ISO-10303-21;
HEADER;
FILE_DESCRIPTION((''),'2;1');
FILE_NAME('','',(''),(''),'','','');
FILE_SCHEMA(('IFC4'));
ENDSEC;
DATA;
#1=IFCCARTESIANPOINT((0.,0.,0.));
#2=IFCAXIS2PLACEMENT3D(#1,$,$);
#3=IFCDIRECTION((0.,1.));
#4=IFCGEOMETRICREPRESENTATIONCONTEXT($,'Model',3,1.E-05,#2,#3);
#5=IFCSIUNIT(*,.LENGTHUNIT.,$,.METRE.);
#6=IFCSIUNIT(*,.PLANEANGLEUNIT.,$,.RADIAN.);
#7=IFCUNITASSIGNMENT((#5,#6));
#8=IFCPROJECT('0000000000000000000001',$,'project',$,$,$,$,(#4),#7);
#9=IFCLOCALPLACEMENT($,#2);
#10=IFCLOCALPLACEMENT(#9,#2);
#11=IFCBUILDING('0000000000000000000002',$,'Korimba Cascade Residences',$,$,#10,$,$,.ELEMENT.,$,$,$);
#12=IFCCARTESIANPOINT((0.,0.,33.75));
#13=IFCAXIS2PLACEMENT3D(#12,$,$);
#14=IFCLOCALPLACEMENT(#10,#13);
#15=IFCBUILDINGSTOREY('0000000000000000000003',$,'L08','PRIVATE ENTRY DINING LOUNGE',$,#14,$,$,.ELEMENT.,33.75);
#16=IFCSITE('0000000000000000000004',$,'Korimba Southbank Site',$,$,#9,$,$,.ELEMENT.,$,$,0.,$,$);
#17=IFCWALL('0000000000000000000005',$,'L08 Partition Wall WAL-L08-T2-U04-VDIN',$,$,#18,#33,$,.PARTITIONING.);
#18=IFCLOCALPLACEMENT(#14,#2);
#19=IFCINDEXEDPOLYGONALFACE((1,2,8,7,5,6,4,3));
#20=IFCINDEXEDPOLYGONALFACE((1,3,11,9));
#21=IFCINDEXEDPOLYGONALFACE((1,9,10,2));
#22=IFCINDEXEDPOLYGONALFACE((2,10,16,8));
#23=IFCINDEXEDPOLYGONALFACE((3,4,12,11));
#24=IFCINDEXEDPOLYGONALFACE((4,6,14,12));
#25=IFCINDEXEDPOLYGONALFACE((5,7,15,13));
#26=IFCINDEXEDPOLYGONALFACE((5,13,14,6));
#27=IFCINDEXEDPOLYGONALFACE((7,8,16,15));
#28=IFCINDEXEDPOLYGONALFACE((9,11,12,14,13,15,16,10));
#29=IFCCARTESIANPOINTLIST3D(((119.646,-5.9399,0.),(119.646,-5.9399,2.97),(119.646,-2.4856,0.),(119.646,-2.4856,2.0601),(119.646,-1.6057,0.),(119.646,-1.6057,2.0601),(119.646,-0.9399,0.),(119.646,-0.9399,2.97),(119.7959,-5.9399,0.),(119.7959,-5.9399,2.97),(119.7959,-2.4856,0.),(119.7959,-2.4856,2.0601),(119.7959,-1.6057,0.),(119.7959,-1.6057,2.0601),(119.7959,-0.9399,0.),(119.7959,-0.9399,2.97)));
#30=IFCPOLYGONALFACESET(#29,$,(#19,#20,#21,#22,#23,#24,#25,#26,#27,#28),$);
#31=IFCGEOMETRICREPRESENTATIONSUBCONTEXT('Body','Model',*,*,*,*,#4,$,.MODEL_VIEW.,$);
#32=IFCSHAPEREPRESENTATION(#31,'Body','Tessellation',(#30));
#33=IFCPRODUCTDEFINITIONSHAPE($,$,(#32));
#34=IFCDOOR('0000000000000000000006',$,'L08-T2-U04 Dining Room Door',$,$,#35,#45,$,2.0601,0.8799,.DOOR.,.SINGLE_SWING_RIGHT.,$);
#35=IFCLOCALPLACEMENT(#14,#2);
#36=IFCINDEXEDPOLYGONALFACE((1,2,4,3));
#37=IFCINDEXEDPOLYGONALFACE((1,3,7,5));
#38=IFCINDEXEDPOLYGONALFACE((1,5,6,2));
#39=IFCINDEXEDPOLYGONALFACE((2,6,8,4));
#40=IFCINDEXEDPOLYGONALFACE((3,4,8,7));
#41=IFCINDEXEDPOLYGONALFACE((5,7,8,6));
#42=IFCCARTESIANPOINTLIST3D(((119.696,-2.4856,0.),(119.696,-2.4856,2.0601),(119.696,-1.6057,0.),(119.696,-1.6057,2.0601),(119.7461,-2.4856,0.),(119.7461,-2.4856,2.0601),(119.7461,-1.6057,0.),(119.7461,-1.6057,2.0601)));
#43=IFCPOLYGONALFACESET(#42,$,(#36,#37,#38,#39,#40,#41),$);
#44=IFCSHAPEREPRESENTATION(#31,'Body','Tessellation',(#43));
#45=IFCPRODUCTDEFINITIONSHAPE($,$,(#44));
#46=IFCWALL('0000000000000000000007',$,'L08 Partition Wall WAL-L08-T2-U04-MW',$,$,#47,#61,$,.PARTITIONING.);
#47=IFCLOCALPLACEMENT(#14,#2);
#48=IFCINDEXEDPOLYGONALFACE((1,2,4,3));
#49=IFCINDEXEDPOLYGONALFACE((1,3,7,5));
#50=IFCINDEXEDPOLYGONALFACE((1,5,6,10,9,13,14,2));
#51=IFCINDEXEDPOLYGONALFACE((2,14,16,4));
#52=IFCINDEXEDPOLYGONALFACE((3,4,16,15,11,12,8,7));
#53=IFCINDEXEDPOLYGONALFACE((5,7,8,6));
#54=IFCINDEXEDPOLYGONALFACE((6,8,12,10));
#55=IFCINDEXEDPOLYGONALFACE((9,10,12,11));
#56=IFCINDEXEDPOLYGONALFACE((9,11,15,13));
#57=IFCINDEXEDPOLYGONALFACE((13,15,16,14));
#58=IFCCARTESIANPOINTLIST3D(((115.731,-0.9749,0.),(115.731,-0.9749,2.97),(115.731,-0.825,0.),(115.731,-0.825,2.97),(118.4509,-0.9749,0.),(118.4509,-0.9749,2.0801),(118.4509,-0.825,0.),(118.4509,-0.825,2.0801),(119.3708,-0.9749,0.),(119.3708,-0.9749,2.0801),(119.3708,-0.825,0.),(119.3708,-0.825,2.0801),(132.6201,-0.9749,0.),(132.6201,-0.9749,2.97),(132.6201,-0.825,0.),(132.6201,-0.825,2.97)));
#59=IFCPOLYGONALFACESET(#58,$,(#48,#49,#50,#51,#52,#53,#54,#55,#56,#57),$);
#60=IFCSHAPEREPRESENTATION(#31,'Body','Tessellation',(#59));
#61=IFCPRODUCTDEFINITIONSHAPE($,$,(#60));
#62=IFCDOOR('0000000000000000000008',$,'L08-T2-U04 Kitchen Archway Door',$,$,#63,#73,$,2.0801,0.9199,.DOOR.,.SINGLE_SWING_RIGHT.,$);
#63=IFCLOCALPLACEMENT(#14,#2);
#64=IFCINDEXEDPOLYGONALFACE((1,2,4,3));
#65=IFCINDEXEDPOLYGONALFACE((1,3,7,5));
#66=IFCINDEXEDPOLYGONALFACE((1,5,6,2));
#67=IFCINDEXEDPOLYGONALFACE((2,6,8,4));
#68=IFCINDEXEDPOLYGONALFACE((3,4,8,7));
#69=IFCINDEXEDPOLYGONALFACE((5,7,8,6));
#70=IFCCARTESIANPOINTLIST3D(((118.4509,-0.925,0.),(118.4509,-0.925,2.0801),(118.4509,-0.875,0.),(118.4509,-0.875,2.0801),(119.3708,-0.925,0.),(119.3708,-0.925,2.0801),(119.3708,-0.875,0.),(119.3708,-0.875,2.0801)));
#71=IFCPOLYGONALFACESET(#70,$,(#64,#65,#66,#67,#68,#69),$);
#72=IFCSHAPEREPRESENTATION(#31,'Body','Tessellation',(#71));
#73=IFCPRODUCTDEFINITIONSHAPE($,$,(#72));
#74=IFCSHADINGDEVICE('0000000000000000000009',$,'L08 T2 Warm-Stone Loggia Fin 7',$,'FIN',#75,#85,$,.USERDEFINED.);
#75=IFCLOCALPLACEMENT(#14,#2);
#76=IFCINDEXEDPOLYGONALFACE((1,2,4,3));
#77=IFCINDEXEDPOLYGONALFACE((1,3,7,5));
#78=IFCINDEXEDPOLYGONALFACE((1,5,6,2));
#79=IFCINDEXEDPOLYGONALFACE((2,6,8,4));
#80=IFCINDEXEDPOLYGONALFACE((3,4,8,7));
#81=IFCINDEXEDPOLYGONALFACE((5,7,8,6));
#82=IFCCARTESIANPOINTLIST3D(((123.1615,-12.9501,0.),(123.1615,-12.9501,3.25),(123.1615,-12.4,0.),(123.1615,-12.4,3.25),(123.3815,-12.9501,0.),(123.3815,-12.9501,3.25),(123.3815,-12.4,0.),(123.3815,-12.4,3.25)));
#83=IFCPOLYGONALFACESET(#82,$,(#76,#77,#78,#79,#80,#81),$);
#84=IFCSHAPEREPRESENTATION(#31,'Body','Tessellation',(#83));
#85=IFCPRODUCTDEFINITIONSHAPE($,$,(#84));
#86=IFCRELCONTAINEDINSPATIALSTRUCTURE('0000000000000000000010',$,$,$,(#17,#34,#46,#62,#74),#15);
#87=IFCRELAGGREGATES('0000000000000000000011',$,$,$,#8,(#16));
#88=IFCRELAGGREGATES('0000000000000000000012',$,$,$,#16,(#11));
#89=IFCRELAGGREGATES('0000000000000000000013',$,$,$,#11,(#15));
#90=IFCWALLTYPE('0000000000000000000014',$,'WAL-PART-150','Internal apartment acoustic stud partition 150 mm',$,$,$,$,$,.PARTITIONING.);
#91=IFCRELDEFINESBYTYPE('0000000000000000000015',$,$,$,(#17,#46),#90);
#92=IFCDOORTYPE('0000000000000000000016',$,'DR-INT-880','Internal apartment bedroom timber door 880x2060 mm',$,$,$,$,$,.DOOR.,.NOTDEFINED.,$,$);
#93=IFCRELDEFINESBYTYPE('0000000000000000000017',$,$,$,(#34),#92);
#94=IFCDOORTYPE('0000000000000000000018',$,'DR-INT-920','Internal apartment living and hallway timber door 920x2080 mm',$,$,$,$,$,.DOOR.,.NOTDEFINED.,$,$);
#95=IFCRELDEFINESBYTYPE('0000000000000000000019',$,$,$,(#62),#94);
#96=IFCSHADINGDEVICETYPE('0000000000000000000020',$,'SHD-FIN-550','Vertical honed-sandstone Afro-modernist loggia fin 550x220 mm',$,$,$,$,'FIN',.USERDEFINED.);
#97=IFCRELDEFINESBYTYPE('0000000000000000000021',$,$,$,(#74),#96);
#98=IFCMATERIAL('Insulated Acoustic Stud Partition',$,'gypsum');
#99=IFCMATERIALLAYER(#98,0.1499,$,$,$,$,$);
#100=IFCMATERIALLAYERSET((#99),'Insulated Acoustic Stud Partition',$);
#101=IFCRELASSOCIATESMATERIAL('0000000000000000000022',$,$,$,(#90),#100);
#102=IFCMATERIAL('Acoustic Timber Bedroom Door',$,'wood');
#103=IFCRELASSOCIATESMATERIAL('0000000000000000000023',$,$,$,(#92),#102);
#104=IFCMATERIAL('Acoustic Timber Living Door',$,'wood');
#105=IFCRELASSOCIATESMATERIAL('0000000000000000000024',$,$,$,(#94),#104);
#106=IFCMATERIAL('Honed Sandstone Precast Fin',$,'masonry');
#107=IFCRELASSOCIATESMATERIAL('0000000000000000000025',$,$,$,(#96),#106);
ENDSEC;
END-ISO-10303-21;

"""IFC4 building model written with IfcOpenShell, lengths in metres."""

from ifc_helpers import new_model, si_unit, direction, frame, frame_2d, origin, origin_2d, place, context, subcontext, project, spatial, rectangle, extrude, material, layer, layer_set, type_object, element, fill, save


model = new_model("IFC4")

# Units and contexts
model_context = context("Model", 3, precision=1e-05, world=origin(), true_north=direction((0.0, 1.0)))
body_context = subcontext(model_context, "Body", "Model", "MODEL_VIEW")
ifc_project = project(units=[si_unit("LENGTHUNIT", "METRE"), si_unit("PLANEANGLEUNIT", "RADIAN")], contexts=[model_context])

# Site, building, storey
site_placement = place(None, origin())
site = spatial("IfcSite", under=ifc_project, at=site_placement, Name="Korimba Southbank Site", CompositionType="ELEMENT", RefElevation=0.0)
building_placement = place(site_placement, origin())
building = spatial("IfcBuilding", under=site, at=building_placement, Name="Korimba Cascade Residences", CompositionType="ELEMENT")
storey_placement = place(building_placement, frame((0.0, 0.0, 33.75)))
storey = spatial("IfcBuildingStorey", under=building, at=storey_placement, Name="L08", Description="PRIVATE ENTRY DINING LOUNGE", CompositionType="ELEMENT", Elevation=33.75)

# Walls, openings, doors
ifc_material_1 = material(Name="Insulated Acoustic Stud Partition", Category="gypsum")
ifc_layer = layer(ifc_material_1, 0.1499)
ifc_layer_set = layer_set([ifc_layer], Name="Insulated Acoustic Stud Partition")
wall_type = type_object("IfcWallType", Name="WAL-PART-150", Description="Internal apartment acoustic stud partition 150 mm", PredefinedType="PARTITIONING", material=ifc_layer_set)
ifc_material_2 = material(Name="Acoustic Timber Bedroom Door", Category="wood")
door_type_1 = type_object("IfcDoorType", Name="DR-INT-880", Description="Internal apartment bedroom timber door 880x2060 mm", OperationType="NOTDEFINED", PredefinedType="DOOR", material=ifc_material_2)
wall_1_placement = place(storey_placement, frame((119.7209, -5.9399, 0.0), z_axis=(0.0, 0.0, 1.0), x_axis=(0.0, 1.0, 0.0)))
wall_1 = element("IfcWall", 1, at=wall_1_placement, inside=storey, type_object=wall_type, Name="L08 Partition Wall WAL-L08-T2-U04-VDIN", PredefinedType="PARTITIONING", context=body_context, shape_type="SweptSolid", body=[
    extrude(rectangle(XDim=5.0, YDim=0.1499, at=frame_2d((2.5, 0.0))), origin(), (0.0, 0.0, 1.0), 2.97),
])
opening_1_placement = place(wall_1_placement, frame((3.4543, 0.0, 0.0)))
opening_1 = element("IfcOpeningElement", 2, at=opening_1_placement, cuts=wall_1, PredefinedType="OPENING", context=body_context, shape_type="SweptSolid", body=[
    extrude(rectangle(XDim=0.8799, YDim=2.0601, at=frame_2d((0.4399, 1.03))), frame((0.0, 0.085, 0.0), z_axis=(0.0, -1.0, 0.0), x_axis=(1.0, 0.0, 0.0)), (0.0, 0.0, 1.0), 0.1699),
])
door_1_placement = place(opening_1_placement, origin())
door_1 = element("IfcDoor", 3, at=door_1_placement, inside=storey, type_object=door_type_1, Name="L08-T2-U04 Dining Room Door", OperationType="SINGLE_SWING_RIGHT", OverallHeight=2.0601, OverallWidth=0.8799, PredefinedType="DOOR", context=body_context, shape_type="SweptSolid", body=[
    extrude(rectangle(XDim=0.8799, YDim=2.0601, at=frame_2d((0.4399, 1.03))), frame((0.0, 0.0249, 0.0), z_axis=(0.0, -1.0, 0.0), x_axis=(1.0, 0.0, 0.0)), (0.0, 0.0, 1.0), 0.05),
])
fill(opening_1, door_1)
wall_2_placement = place(storey_placement, frame((115.731, -0.8999, 0.0), z_axis=(0.0, 0.0, 1.0), x_axis=(1.0, 0.0, 0.0)))
wall_2 = element("IfcWall", 4, at=wall_2_placement, inside=storey, type_object=wall_type, Name="L08 Partition Wall WAL-L08-T2-U04-MW", PredefinedType="PARTITIONING", context=body_context, shape_type="SweptSolid", body=[
    extrude(rectangle(XDim=16.8892, YDim=0.1499, at=frame_2d((8.4446, 0.0))), origin(), (0.0, 0.0, 1.0), 2.97),
])
opening_2_placement = place(wall_2_placement, frame((2.72, 0.0, 0.0)))
opening_2 = element("IfcOpeningElement", 5, at=opening_2_placement, cuts=wall_2, PredefinedType="OPENING", context=body_context, shape_type="SweptSolid", body=[
    extrude(rectangle(XDim=0.9199, YDim=2.0801, at=frame_2d((0.46, 1.04))), frame((0.0, 0.085, 0.0), z_axis=(0.0, -1.0, 0.0), x_axis=(1.0, 0.0, 0.0)), (0.0, 0.0, 1.0), 0.1699),
])
ifc_material_3 = material(Name="Acoustic Timber Living Door", Category="wood")
door_type_2 = type_object("IfcDoorType", Name="DR-INT-920", Description="Internal apartment living and hallway timber door 920x2080 mm", OperationType="NOTDEFINED", PredefinedType="DOOR", material=ifc_material_3)
door_2_placement = place(opening_2_placement, origin())
door_2 = element("IfcDoor", 6, at=door_2_placement, inside=storey, type_object=door_type_2, Name="L08-T2-U04 Kitchen Archway Door", OperationType="SINGLE_SWING_RIGHT", OverallHeight=2.0801, OverallWidth=0.9199, PredefinedType="DOOR", context=body_context, shape_type="SweptSolid", body=[
    extrude(rectangle(XDim=0.9199, YDim=2.0801, at=frame_2d((0.46, 1.04))), frame((0.0, 0.0249, 0.0), z_axis=(0.0, -1.0, 0.0), x_axis=(1.0, 0.0, 0.0)), (0.0, 0.0, 1.0), 0.05),
])
fill(opening_2, door_2)

# Shading device
ifc_material_4 = material(Name="Honed Sandstone Precast Fin", Category="masonry")
shading_device_type = type_object("IfcShadingDeviceType", Name="SHD-FIN-550", Description="Vertical honed-sandstone Afro-modernist loggia fin 550x220 mm", ElementType="FIN", PredefinedType="USERDEFINED", material=ifc_material_4)
shading_device_placement = place(storey_placement, frame((123.2715, -12.675, 0.0), z_axis=(0.0, 0.0, 1.0), x_axis=(1.0, 0.0, 0.0)))
element("IfcShadingDevice", 7, at=shading_device_placement, inside=storey, type_object=shading_device_type, Name="L08 T2 Warm-Stone Loggia Fin 7", ObjectType="FIN", PredefinedType="USERDEFINED", context=body_context, shape_type="SweptSolid", body=[
    extrude(rectangle(XDim=0.22, YDim=0.55, at=origin_2d()), origin(), (0.0, 0.0, 1.0), 3.25),
])

save(model, "model.ifc")
